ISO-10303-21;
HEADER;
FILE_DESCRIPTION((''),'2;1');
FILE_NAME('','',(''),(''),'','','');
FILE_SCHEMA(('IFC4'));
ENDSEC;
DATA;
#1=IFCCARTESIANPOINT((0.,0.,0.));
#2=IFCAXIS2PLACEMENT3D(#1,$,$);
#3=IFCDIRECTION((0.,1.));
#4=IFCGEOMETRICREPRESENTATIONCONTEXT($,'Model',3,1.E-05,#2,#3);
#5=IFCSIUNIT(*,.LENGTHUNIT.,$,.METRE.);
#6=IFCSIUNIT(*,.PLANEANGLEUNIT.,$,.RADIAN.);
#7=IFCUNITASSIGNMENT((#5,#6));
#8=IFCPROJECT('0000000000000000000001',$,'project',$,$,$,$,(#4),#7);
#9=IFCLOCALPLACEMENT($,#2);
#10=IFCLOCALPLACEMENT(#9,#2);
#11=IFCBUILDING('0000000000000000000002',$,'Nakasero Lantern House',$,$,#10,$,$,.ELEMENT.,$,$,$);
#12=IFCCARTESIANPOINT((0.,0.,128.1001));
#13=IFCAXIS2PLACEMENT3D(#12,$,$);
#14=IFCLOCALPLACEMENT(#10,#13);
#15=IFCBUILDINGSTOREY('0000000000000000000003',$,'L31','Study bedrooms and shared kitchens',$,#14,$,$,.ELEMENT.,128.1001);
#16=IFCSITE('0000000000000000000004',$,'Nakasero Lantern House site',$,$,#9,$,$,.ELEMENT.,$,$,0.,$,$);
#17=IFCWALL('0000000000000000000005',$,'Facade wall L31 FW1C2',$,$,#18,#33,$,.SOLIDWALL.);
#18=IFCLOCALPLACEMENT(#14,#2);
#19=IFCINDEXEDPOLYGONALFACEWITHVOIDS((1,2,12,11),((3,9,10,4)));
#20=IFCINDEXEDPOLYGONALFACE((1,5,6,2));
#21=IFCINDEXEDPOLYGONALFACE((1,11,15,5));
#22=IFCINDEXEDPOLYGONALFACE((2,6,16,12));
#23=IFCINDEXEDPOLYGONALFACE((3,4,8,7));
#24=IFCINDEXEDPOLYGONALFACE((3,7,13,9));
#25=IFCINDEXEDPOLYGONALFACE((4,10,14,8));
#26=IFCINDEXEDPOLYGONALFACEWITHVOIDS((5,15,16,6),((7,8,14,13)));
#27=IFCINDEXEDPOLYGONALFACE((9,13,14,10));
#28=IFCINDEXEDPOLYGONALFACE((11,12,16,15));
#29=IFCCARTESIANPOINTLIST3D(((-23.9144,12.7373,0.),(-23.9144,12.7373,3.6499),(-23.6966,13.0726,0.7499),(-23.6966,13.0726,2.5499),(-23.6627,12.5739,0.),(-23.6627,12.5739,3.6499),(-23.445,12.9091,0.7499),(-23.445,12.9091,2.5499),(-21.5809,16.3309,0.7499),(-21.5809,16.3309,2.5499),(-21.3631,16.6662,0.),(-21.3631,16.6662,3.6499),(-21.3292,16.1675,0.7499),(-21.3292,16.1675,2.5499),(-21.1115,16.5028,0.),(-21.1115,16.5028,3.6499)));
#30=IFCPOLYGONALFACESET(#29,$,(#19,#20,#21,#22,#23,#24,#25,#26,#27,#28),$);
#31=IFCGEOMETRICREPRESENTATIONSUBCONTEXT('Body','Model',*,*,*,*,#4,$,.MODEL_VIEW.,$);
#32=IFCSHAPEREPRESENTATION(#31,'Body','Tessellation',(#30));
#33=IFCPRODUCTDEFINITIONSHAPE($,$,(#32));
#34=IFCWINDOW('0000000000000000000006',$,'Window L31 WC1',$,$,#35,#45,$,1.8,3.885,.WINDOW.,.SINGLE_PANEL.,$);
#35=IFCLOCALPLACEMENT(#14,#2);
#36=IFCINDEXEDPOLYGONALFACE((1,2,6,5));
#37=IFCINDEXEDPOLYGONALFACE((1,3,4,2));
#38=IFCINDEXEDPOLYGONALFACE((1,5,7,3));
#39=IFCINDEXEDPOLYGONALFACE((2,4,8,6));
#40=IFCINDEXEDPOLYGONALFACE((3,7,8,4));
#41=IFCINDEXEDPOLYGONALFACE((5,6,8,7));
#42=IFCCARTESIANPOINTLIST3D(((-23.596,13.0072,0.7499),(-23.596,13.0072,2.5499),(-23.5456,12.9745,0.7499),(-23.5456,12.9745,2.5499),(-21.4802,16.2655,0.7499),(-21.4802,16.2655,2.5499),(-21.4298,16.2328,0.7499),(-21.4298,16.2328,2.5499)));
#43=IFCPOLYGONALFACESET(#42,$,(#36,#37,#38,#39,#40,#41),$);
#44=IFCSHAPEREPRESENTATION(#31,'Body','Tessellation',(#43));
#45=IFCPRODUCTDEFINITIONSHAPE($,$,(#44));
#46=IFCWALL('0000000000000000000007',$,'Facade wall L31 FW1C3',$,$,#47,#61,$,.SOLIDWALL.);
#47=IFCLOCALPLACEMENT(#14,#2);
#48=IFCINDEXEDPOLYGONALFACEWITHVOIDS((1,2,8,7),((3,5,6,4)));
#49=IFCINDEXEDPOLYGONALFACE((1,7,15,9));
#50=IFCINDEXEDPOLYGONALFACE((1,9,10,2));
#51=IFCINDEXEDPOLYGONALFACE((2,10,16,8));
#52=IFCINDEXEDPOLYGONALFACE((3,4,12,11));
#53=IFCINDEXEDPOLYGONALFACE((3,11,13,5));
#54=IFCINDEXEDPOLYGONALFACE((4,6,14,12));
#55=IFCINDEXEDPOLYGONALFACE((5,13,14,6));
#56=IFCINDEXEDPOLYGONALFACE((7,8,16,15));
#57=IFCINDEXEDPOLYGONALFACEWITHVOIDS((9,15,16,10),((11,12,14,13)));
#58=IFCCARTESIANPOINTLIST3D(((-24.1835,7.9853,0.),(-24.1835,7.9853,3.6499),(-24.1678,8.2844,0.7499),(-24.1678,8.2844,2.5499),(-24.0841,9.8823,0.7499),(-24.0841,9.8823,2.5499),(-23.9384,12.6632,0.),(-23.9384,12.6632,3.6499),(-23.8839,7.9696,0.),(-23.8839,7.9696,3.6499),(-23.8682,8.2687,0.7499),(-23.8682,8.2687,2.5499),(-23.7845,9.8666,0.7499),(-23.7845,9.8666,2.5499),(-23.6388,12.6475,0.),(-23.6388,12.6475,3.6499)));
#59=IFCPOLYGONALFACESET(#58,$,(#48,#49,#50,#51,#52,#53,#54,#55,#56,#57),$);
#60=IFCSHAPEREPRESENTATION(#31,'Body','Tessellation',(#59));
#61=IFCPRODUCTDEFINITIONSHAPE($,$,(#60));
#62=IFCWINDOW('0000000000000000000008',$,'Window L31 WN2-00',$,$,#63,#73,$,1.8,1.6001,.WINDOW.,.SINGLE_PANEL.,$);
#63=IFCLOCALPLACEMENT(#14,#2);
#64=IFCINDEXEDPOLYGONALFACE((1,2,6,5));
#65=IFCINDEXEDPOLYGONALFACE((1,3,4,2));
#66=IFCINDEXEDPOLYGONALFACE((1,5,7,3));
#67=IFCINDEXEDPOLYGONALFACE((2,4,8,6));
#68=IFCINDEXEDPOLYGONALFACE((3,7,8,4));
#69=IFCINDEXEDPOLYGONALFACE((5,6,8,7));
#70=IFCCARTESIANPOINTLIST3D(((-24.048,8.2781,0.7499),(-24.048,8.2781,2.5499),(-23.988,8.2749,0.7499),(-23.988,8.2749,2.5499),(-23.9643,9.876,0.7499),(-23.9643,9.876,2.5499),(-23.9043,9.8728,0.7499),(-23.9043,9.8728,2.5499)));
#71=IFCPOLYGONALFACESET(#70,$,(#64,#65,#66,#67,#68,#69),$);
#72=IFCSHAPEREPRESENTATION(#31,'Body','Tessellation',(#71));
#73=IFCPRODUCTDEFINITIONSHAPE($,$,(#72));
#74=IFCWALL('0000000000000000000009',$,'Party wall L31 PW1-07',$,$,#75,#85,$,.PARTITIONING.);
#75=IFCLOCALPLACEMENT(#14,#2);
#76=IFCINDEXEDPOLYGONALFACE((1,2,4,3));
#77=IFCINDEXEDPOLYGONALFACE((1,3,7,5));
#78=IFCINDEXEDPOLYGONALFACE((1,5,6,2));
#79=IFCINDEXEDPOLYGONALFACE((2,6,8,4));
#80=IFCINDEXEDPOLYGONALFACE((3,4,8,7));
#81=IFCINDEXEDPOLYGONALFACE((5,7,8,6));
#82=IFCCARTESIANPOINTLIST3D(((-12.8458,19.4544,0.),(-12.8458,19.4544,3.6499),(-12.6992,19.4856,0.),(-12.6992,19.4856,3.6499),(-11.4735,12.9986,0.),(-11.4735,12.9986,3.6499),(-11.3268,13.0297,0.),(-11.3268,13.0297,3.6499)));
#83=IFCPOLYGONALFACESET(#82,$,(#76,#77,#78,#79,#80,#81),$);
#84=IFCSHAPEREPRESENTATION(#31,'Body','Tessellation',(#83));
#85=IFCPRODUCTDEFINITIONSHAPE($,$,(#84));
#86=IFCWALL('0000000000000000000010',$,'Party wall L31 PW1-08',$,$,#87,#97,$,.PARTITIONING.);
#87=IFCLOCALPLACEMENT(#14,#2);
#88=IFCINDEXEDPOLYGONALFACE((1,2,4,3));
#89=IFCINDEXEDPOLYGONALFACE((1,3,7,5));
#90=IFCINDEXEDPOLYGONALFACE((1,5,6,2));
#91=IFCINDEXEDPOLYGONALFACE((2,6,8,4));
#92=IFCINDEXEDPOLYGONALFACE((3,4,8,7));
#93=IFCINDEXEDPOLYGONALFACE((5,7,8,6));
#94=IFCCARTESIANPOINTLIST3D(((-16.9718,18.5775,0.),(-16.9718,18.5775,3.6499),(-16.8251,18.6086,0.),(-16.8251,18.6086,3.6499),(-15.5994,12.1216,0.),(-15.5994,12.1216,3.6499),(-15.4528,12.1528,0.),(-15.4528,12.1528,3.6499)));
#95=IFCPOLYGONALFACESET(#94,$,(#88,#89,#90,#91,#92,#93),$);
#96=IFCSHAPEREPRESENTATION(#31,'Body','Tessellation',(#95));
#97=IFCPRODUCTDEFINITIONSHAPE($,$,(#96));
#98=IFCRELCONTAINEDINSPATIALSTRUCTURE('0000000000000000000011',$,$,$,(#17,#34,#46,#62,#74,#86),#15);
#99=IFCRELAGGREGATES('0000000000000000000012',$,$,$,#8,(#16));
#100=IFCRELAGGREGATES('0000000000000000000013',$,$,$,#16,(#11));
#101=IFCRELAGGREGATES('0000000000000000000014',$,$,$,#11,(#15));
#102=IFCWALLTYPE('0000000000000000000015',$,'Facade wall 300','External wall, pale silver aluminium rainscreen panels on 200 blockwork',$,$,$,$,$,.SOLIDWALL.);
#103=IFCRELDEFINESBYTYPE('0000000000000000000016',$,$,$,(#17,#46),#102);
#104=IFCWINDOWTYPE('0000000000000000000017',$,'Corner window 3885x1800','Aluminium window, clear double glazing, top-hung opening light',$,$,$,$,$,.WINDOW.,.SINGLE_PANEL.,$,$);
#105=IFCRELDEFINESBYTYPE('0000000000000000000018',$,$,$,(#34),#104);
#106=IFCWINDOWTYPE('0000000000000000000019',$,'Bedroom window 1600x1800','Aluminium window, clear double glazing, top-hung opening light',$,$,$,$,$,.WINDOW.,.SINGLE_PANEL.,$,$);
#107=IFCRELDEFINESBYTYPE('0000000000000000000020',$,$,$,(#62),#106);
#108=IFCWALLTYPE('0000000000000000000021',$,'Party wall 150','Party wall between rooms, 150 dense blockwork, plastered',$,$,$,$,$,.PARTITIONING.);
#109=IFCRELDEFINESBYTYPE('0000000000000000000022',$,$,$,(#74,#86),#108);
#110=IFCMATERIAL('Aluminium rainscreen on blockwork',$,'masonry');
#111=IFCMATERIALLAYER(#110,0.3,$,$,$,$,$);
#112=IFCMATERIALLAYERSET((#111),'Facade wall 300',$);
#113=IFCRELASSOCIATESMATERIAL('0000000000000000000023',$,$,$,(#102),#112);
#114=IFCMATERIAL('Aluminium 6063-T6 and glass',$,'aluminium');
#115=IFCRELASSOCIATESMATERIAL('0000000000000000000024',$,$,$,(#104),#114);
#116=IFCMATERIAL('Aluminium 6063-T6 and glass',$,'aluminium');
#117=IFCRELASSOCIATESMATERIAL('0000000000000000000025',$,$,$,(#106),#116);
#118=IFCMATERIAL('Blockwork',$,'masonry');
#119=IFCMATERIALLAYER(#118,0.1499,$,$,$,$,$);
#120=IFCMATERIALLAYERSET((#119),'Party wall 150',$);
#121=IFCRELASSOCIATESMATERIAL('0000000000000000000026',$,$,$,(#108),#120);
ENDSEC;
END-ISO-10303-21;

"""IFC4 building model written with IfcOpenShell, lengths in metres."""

from ifc_helpers import new_model, si_unit, direction, frame, frame_2d, origin, place, context, subcontext, project, spatial, rectangle, extrude, material, layer, layer_set, type_object, element, fill, save


model = new_model("IFC4")

# Units and contexts
model_context = context("Model", 3, precision=1e-05, world=origin(), true_north=direction((0.0, 1.0)))
body_context = subcontext(model_context, "Body", "Model", "MODEL_VIEW")
ifc_project = project(units=[si_unit("LENGTHUNIT", "METRE"), si_unit("PLANEANGLEUNIT", "RADIAN")], contexts=[model_context])

# Site, building, storey
site_placement = place(None, origin())
site = spatial("IfcSite", under=ifc_project, at=site_placement, Name="Nakasero Lantern House site", CompositionType="ELEMENT", RefElevation=0.0)
building_placement = place(site_placement, origin())
building = spatial("IfcBuilding", under=site, at=building_placement, Name="Nakasero Lantern House", CompositionType="ELEMENT")
storey_placement = place(building_placement, frame((0.0, 0.0, 128.1001)))
storey = spatial("IfcBuildingStorey", under=building, at=storey_placement, Name="L31", Description="Study bedrooms and shared kitchens", CompositionType="ELEMENT", Elevation=128.1001)

# Shared definitions
ifc_material_1 = material(Name="Aluminium rainscreen on blockwork", Category="masonry")
ifc_layer_1 = layer(ifc_material_1, 0.3)
ifc_layer_set_1 = layer_set([ifc_layer_1], Name="Facade wall 300")
wall_type_1 = type_object("IfcWallType", Name="Facade wall 300", Description="External wall, pale silver aluminium rainscreen panels on 200 blockwork", PredefinedType="SOLIDWALL", material=ifc_layer_set_1)

# Walls, openings, windows
wall_1_placement = place(storey_placement, frame((-21.2373, 16.5845, 0.0), z_axis=(0.0, 0.0, 1.0), x_axis=(-0.544605, -0.838692, 0.0)))
wall_1 = element("IfcWall", 1, at=wall_1_placement, inside=storey, type_object=wall_type_1, Name="Facade wall L31 FW1C2", PredefinedType="SOLIDWALL", context=body_context, shape_type="SweptSolid", body=[
    extrude(rectangle(XDim=4.6846, YDim=0.3, at=frame_2d((2.3423, 0.0))), origin(), (0.0, 0.0, 1.0), 3.6499),
])
opening_1_placement = place(wall_1_placement, frame((0.3999, 0.0, 0.75)))
opening_1 = element("IfcOpeningElement", 2, at=opening_1_placement, cuts=wall_1, PredefinedType="OPENING", context=body_context, shape_type="SweptSolid", body=[
    extrude(rectangle(XDim=3.885, YDim=1.8, at=frame_2d((1.9424, 0.8999))), frame((0.0, 0.1699, 0.0), z_axis=(0.0, -1.0, 0.0), x_axis=(1.0, 0.0, 0.0)), (0.0, 0.0, 1.0), 0.3401),
])
ifc_material_2 = material(Name="Aluminium 6063-T6 and glass", Category="aluminium")
window_type_1 = type_object("IfcWindowType", Name="Corner window 3885x1800", Description="Aluminium window, clear double glazing, top-hung opening light", PartitioningType="SINGLE_PANEL", PredefinedType="WINDOW", material=ifc_material_2)
window_1_placement = place(opening_1_placement, origin())
window_1 = element("IfcWindow", 3, at=window_1_placement, inside=storey, type_object=window_type_1, Name="Window L31 WC1", OverallHeight=1.8, OverallWidth=3.885, PartitioningType="SINGLE_PANEL", PredefinedType="WINDOW", context=body_context, shape_type="SweptSolid", body=[
    extrude(rectangle(XDim=3.885, YDim=1.8, at=frame_2d((1.9424, 0.8999))), frame((0.0, 0.03, 0.0), z_axis=(0.0, -1.0, 0.0), x_axis=(1.0, 0.0, 0.0)), (0.0, 0.0, 1.0), 0.0601),
])
fill(opening_1, window_1)
wall_2_placement = place(storey_placement, frame((-23.7886, 12.6555, 0.0), z_axis=(0.0, 0.0, 1.0), x_axis=(-0.052326, -0.99863, 0.0)))
wall_2 = element("IfcWall", 4, at=wall_2_placement, inside=storey, type_object=wall_type_1, Name="Facade wall L31 FW1C3", PredefinedType="SOLIDWALL", context=body_context, shape_type="SweptSolid", body=[
    extrude(rectangle(XDim=4.6843, YDim=0.3, at=frame_2d((2.3423, 0.0))), origin(), (0.0, 0.0, 1.0), 3.6499),
])
opening_2_placement = place(wall_2_placement, frame((2.7849, 0.0, 0.75)))
opening_2 = element("IfcOpeningElement", 5, at=opening_2_placement, cuts=wall_2, PredefinedType="OPENING", context=body_context, shape_type="SweptSolid", body=[
    extrude(rectangle(XDim=1.6001, YDim=1.8, at=frame_2d((0.8, 0.8999))), frame((0.0, 0.1699, 0.0), z_axis=(0.0, -1.0, 0.0), x_axis=(1.0, 0.0, 0.0)), (0.0, 0.0, 1.0), 0.3401),
])
ifc_material_3 = material(Name="Aluminium 6063-T6 and glass", Category="aluminium")
window_type_2 = type_object("IfcWindowType", Name="Bedroom window 1600x1800", Description="Aluminium window, clear double glazing, top-hung opening light", PartitioningType="SINGLE_PANEL", PredefinedType="WINDOW", material=ifc_material_3)
window_2_placement = place(opening_2_placement, origin())
window_2 = element("IfcWindow", 6, at=window_2_placement, inside=storey, type_object=window_type_2, Name="Window L31 WN2-00", OverallHeight=1.8, OverallWidth=1.6001, PartitioningType="SINGLE_PANEL", PredefinedType="WINDOW", context=body_context, shape_type="SweptSolid", body=[
    extrude(rectangle(XDim=1.6001, YDim=1.8, at=frame_2d((0.8, 0.8999))), frame((0.0, 0.03, 0.0), z_axis=(0.0, -1.0, 0.0), x_axis=(1.0, 0.0, 0.0)), (0.0, 0.0, 1.0), 0.0601),
])
fill(opening_2, window_2)

# Walls
ifc_material_4 = material(Name="Blockwork", Category="masonry")
ifc_layer_2 = layer(ifc_material_4, 0.1499)
ifc_layer_set_2 = layer_set([ifc_layer_2], Name="Party wall 150")
wall_type_2 = type_object("IfcWallType", Name="Party wall 150", Description="Party wall between rooms, 150 dense blockwork, plastered", PredefinedType="PARTITIONING", material=ifc_layer_set_2)
for number, where, z_axis, x_axis, name in (
    (7, (-11.4001, 13.0142, 0.0), (0.0, 0.0, 1.0), (-0.207925, 0.978145, 0.0), "Party wall L31 PW1-07"),
    (8, (-15.5261, 12.1372, 0.0), (0.0, 0.0, 1.0), (-0.207925, 0.978145, 0.0), "Party wall L31 PW1-08"),
):
    element("IfcWall", number, at=place(storey_placement, frame(where, z_axis=z_axis, x_axis=x_axis)), inside=storey, type_object=wall_type_2, Name=name, PredefinedType="PARTITIONING", context=body_context, shape_type="SweptSolid", body=[
        extrude(rectangle(XDim=6.6001, YDim=0.1499, at=frame_2d((3.3, 0.0))), origin(), (0.0, 0.0, 1.0), 3.6499),
    ])

save(model, "model.ifc")
